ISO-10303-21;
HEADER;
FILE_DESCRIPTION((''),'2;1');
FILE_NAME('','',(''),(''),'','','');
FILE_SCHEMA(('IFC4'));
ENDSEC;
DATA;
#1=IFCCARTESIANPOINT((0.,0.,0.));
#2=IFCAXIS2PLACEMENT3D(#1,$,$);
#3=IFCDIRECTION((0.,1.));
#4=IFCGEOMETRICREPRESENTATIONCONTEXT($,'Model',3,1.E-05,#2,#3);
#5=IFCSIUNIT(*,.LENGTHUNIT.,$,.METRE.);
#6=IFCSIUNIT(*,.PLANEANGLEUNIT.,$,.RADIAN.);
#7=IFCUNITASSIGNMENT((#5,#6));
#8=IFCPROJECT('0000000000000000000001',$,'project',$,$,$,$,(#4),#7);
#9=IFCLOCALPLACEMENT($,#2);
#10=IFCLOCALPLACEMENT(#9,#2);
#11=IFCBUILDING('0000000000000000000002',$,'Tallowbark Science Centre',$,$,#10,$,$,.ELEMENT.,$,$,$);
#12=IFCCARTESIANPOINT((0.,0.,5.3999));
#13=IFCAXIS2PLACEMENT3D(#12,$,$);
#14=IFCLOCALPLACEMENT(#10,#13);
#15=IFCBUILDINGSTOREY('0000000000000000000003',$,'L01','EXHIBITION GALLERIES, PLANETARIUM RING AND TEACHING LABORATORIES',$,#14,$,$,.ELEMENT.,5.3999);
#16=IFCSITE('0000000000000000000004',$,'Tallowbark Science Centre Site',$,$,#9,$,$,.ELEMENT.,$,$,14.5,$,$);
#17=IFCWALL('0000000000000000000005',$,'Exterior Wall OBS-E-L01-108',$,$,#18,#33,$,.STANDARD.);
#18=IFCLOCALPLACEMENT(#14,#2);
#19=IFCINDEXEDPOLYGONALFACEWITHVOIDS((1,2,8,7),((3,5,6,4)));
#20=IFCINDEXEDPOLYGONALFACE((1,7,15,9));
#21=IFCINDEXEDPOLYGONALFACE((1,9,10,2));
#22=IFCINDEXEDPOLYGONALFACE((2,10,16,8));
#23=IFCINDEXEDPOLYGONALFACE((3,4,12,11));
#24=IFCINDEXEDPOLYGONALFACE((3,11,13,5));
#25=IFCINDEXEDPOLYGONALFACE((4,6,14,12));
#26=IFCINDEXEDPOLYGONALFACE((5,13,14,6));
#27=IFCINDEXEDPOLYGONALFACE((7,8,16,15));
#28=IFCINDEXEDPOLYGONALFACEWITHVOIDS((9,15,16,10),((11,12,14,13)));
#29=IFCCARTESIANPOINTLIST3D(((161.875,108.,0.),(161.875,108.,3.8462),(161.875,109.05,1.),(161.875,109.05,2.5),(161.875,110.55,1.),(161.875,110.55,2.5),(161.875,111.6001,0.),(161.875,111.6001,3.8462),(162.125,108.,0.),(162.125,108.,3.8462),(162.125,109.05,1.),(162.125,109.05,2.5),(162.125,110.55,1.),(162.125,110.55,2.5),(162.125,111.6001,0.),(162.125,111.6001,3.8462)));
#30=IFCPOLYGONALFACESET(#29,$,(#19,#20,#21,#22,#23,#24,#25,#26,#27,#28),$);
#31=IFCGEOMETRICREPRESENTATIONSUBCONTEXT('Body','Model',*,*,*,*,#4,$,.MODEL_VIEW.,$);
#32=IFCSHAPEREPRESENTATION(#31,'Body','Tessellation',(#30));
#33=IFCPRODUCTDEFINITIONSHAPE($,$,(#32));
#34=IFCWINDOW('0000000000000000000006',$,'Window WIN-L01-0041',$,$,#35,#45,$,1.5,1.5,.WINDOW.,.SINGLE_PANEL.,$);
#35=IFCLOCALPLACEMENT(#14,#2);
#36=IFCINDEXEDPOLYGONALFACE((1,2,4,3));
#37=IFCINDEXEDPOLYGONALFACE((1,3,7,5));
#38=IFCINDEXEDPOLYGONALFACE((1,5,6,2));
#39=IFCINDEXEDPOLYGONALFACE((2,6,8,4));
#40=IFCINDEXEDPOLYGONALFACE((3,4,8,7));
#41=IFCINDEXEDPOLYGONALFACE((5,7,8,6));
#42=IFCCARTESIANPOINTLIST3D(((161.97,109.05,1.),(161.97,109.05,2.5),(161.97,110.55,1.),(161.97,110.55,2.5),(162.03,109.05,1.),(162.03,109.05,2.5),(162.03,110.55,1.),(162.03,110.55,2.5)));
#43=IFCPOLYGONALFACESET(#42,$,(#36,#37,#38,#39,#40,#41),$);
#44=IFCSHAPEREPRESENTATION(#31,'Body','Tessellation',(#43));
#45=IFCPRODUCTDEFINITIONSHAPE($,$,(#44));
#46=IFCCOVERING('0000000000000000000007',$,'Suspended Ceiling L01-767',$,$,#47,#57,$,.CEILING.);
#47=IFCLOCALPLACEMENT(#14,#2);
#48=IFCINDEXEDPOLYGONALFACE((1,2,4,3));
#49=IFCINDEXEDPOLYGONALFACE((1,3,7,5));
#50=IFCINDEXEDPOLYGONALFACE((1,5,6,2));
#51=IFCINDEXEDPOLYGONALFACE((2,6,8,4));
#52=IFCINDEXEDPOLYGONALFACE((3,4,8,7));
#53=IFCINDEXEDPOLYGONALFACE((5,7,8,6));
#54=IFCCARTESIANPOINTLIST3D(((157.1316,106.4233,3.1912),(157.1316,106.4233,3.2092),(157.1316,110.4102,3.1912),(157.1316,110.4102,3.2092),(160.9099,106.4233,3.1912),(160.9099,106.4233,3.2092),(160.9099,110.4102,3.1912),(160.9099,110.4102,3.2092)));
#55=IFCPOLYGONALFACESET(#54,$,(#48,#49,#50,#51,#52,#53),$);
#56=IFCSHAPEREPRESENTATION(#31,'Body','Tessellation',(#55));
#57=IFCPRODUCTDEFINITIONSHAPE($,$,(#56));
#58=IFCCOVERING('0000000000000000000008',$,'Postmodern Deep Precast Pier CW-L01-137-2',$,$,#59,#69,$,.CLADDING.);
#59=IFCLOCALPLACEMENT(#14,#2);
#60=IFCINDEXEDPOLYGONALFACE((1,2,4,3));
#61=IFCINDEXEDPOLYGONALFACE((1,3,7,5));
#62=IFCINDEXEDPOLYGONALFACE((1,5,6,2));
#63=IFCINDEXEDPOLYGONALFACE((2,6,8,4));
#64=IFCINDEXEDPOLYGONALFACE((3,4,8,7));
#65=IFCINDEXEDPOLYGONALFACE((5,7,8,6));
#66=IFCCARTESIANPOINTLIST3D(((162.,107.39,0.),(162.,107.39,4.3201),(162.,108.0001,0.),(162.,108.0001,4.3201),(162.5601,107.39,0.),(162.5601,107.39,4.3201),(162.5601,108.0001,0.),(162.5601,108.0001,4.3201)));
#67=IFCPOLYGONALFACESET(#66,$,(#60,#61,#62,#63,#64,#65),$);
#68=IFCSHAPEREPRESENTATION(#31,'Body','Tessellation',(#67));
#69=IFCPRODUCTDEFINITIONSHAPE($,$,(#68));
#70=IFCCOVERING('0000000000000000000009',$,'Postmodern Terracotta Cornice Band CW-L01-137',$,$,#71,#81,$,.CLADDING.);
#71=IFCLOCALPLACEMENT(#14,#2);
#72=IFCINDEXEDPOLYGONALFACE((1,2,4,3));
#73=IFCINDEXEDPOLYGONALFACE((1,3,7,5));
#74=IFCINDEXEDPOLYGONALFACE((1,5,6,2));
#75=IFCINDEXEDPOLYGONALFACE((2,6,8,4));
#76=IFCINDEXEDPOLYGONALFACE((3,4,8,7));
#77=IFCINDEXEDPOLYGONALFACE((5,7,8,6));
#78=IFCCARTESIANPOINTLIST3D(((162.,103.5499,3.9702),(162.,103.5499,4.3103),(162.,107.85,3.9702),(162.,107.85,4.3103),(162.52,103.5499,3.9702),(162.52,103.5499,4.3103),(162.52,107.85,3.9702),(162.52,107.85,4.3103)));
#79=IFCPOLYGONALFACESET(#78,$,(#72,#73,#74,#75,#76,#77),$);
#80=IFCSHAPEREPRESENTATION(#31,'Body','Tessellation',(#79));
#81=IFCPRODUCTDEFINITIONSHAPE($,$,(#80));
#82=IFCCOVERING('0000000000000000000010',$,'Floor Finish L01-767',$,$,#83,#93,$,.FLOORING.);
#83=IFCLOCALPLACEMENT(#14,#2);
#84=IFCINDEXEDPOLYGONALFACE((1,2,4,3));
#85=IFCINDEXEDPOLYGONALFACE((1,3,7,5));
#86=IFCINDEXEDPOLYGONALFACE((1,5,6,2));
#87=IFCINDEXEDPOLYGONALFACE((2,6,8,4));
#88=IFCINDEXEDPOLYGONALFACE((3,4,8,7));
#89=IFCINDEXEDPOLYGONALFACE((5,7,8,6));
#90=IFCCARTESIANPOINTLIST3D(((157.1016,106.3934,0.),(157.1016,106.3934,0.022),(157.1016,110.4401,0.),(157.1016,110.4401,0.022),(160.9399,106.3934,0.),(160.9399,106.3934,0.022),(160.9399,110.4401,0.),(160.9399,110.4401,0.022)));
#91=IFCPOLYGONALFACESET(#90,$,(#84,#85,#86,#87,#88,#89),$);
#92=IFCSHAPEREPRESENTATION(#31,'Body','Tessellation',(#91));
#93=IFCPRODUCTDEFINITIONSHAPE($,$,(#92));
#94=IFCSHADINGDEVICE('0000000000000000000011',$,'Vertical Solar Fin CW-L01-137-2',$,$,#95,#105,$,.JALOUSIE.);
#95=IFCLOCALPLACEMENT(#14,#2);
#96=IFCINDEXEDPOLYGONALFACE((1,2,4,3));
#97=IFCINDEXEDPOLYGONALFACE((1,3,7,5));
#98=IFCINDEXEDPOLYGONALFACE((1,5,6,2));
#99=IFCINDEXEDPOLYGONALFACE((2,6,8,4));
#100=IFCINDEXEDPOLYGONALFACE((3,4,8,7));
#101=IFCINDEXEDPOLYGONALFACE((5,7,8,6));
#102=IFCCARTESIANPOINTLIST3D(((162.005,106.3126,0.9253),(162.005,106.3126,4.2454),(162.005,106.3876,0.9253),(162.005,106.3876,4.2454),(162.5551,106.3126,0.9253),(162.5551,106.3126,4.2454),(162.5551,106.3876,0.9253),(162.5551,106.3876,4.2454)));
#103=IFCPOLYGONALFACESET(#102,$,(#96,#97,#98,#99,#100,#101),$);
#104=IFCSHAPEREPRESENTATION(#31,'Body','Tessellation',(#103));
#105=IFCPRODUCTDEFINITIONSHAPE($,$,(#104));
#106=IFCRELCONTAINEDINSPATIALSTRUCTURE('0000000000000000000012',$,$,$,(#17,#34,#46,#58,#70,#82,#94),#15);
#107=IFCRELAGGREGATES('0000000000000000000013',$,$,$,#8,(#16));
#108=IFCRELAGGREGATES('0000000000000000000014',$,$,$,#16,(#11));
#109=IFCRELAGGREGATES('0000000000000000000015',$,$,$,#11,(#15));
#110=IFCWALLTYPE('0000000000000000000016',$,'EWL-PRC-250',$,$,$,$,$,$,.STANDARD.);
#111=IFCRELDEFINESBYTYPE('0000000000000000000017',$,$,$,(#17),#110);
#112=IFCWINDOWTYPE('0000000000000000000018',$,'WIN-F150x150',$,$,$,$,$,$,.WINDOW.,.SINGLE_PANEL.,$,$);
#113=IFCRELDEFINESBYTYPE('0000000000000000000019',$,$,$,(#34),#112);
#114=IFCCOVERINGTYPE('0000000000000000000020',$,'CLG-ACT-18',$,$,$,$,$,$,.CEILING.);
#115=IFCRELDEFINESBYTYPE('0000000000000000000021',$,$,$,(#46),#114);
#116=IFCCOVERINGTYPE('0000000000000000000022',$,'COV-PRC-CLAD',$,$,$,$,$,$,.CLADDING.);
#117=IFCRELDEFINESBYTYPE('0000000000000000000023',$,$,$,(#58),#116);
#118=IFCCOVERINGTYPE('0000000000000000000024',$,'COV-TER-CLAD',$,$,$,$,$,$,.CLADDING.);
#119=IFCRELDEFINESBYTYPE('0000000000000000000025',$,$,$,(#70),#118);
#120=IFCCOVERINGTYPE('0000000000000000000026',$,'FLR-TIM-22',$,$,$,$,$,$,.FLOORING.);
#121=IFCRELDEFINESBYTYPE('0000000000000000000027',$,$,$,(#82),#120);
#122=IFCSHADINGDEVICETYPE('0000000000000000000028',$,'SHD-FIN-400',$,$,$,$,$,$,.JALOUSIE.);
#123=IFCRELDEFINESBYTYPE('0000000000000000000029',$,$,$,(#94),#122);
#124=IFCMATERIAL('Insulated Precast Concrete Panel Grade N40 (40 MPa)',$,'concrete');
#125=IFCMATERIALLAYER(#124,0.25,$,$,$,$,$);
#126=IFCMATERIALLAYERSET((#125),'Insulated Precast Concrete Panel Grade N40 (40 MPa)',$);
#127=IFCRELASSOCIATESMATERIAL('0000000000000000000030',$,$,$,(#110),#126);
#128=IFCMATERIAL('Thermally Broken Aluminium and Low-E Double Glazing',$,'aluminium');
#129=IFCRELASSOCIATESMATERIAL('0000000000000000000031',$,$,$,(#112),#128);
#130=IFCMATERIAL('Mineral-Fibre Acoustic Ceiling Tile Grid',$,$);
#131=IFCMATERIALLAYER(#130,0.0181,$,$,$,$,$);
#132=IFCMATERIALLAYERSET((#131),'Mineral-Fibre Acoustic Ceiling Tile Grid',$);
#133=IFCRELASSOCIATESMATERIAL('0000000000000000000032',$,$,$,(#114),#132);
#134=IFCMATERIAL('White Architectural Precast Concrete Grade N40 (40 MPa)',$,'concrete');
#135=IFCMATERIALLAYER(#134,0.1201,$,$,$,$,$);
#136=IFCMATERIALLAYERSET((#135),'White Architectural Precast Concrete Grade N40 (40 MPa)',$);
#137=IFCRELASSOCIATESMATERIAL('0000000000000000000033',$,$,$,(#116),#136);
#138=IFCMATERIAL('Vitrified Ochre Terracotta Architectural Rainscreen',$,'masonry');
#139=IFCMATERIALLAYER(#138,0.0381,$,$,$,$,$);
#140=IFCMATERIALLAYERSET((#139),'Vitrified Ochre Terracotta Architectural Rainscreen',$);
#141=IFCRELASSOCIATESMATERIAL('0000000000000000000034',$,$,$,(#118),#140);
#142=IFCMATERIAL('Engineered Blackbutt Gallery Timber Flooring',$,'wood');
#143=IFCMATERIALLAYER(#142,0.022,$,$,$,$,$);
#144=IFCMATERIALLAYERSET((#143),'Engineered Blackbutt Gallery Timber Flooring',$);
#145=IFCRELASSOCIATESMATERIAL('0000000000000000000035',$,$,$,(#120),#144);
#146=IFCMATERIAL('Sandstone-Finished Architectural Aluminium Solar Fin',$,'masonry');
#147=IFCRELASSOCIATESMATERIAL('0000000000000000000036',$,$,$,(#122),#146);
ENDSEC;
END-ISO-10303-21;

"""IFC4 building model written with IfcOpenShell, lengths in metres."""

from ifc_helpers import new_model, si_unit, direction, frame, frame_2d, origin, origin_2d, place, context, subcontext, project, spatial, rectangle, extrude, material, layer, layer_set, type_object, element, fill, save


model = new_model("IFC4")

# Units and contexts
model_context = context("Model", 3, precision=1e-05, world=origin(), true_north=direction((0.0, 1.0)))
body_context = subcontext(model_context, "Body", "Model", "MODEL_VIEW")
ifc_project = project(units=[si_unit("LENGTHUNIT", "METRE"), si_unit("PLANEANGLEUNIT", "RADIAN")], contexts=[model_context])

# Site, building, storey
site_placement = place(None, origin())
site = spatial("IfcSite", under=ifc_project, at=site_placement, Name="Tallowbark Science Centre Site", CompositionType="ELEMENT", RefElevation=14.5)
building_placement = place(site_placement, origin())
building = spatial("IfcBuilding", under=site, at=building_placement, Name="Tallowbark Science Centre", CompositionType="ELEMENT")
storey_placement = place(building_placement, frame((0.0, 0.0, 5.3999)))
storey = spatial("IfcBuildingStorey", under=building, at=storey_placement, Name="L01", Description="EXHIBITION GALLERIES, PLANETARIUM RING AND TEACHING LABORATORIES", CompositionType="ELEMENT", Elevation=5.3999)

# Wall, opening, window
ifc_material_1 = material(Name="Thermally Broken Aluminium and Low-E Double Glazing", Category="aluminium")
ifc_material_2 = material(Name="Insulated Precast Concrete Panel Grade N40 (40 MPa)", Category="concrete")
ifc_layer_1 = layer(ifc_material_2, 0.25)
ifc_layer_set_1 = layer_set([ifc_layer_1], Name="Insulated Precast Concrete Panel Grade N40 (40 MPa)")
wall_type_1 = type_object("IfcWallType", Name="EWL-PRC-250", PredefinedType="STANDARD", material=ifc_layer_set_1)
wall_1_placement = place(storey_placement, frame((162.0, 108.0, 0.0), z_axis=(0.0, 0.0, 1.0), x_axis=(0.0, 1.0, 0.0)))
wall_1 = element("IfcWall", 1, at=wall_1_placement, inside=storey, type_object=wall_type_1, Name="Exterior Wall OBS-E-L01-108", PredefinedType="STANDARD", context=body_context, shape_type="SweptSolid", body=[
    extrude(rectangle(XDim=3.6001, YDim=0.25, at=frame_2d((1.8, 0.0))), origin(), (0.0, 0.0, 1.0), 3.8462),
])
opening_1_placement = place(wall_1_placement, frame((1.05, 0.0, 1.0)))
opening_1 = element("IfcOpeningElement", 2, at=opening_1_placement, cuts=wall_1, PredefinedType="OPENING", context=body_context, shape_type="SweptSolid", body=[
    extrude(rectangle(XDim=1.5, YDim=1.5, at=frame_2d((0.75, 0.75))), frame((0.0, 0.135, 0.0), z_axis=(0.0, -1.0, 0.0), x_axis=(1.0, 0.0, 0.0)), (0.0, 0.0, 1.0), 0.27),
])
window_type_1 = type_object("IfcWindowType", Name="WIN-F150x150", PartitioningType="SINGLE_PANEL", PredefinedType="WINDOW", material=ifc_material_1)
window_1_placement = place(opening_1_placement, origin())
window_1 = element("IfcWindow", 3, at=window_1_placement, inside=storey, type_object=window_type_1, Name="Window WIN-L01-0041", OverallHeight=1.5, OverallWidth=1.5, PartitioningType="SINGLE_PANEL", PredefinedType="WINDOW", context=body_context, shape_type="SweptSolid", body=[
    extrude(rectangle(XDim=1.5, YDim=1.5, at=frame_2d((0.75, 0.75))), frame((0.0, 0.03, 0.0), z_axis=(0.0, -1.0, 0.0), x_axis=(1.0, 0.0, 0.0)), (0.0, 0.0, 1.0), 0.0601),
])
fill(opening_1, window_1)

# Coverings
ifc_material_3 = material(Name="Mineral-Fibre Acoustic Ceiling Tile Grid")
ifc_layer_2 = layer(ifc_material_3, 0.0181)
ifc_layer_set_2 = layer_set([ifc_layer_2], Name="Mineral-Fibre Acoustic Ceiling Tile Grid")
covering_type_1 = type_object("IfcCoveringType", Name="CLG-ACT-18", PredefinedType="CEILING", material=ifc_layer_set_2)
covering_1_placement = place(storey_placement, frame((159.0208, 108.4167, 3.1912), z_axis=(0.0, 0.0, 1.0), x_axis=(1.0, 0.0, 0.0)))
element("IfcCovering", 4, at=covering_1_placement, inside=storey, type_object=covering_type_1, Name="Suspended Ceiling L01-767", PredefinedType="CEILING", context=body_context, shape_type="SweptSolid", body=[
    extrude(rectangle(XDim=3.7783, YDim=3.9868, at=origin_2d()), origin(), (0.0, 0.0, 1.0), 0.0181),
])
ifc_material_4 = material(Name="White Architectural Precast Concrete Grade N40 (40 MPa)", Category="concrete")
ifc_layer_3 = layer(ifc_material_4, 0.1201)
ifc_layer_set_3 = layer_set([ifc_layer_3], Name="White Architectural Precast Concrete Grade N40 (40 MPa)")
covering_type_2 = type_object("IfcCoveringType", Name="COV-PRC-CLAD", PredefinedType="CLADDING", material=ifc_layer_set_3)
covering_2_placement = place(storey_placement, frame((162.28, 107.6951, 0.0), z_axis=(0.0, 0.0, 1.0), x_axis=(0.0, 1.0, 0.0)))
element("IfcCovering", 5, at=covering_2_placement, inside=storey, type_object=covering_type_2, Name="Postmodern Deep Precast Pier CW-L01-137-2", PredefinedType="CLADDING", context=body_context, shape_type="SweptSolid", body=[
    extrude(rectangle(XDim=0.6101, YDim=0.5601, at=origin_2d()), origin(), (0.0, 0.0, 1.0), 4.3201),
])
ifc_material_5 = material(Name="Vitrified Ochre Terracotta Architectural Rainscreen", Category="masonry")
ifc_layer_4 = layer(ifc_material_5, 0.0381)
ifc_layer_set_4 = layer_set([ifc_layer_4], Name="Vitrified Ochre Terracotta Architectural Rainscreen")
covering_type_3 = type_object("IfcCoveringType", Name="COV-TER-CLAD", PredefinedType="CLADDING", material=ifc_layer_set_4)
covering_3_placement = place(storey_placement, frame((162.26, 105.7, 3.9702), z_axis=(0.0, 0.0, 1.0), x_axis=(0.0, 1.0, 0.0)))
element("IfcCovering", 6, at=covering_3_placement, inside=storey, type_object=covering_type_3, Name="Postmodern Terracotta Cornice Band CW-L01-137", PredefinedType="CLADDING", context=body_context, shape_type="SweptSolid", body=[
    extrude(rectangle(XDim=4.3, YDim=0.52, at=origin_2d()), origin(), (0.0, 0.0, 1.0), 0.3401),
])
ifc_material_6 = material(Name="Engineered Blackbutt Gallery Timber Flooring", Category="wood")
ifc_layer_5 = layer(ifc_material_6, 0.022)
ifc_layer_set_5 = layer_set([ifc_layer_5], Name="Engineered Blackbutt Gallery Timber Flooring")
covering_type_4 = type_object("IfcCoveringType", Name="FLR-TIM-22", PredefinedType="FLOORING", material=ifc_layer_set_5)
covering_4_placement = place(storey_placement, frame((159.0208, 108.4167, 0.0), z_axis=(0.0, 0.0, 1.0), x_axis=(1.0, 0.0, 0.0)))
element("IfcCovering", 7, at=covering_4_placement, inside=storey, type_object=covering_type_4, Name="Floor Finish L01-767", PredefinedType="FLOORING", context=body_context, shape_type="SweptSolid", body=[
    extrude(rectangle(XDim=3.8384, YDim=4.0466, at=origin_2d()), origin(), (0.0, 0.0, 1.0), 0.022),
])

# Shading device
ifc_material_7 = material(Name="Sandstone-Finished Architectural Aluminium Solar Fin", Category="masonry")
shading_device_type = type_object("IfcShadingDeviceType", Name="SHD-FIN-400", PredefinedType="JALOUSIE", material=ifc_material_7)
shading_device_placement = place(storey_placement, frame((162.28, 106.3501, 0.9253), z_axis=(0.0, 0.0, 1.0), x_axis=(0.0, 1.0, 0.0)))
element("IfcShadingDevice", 8, at=shading_device_placement, inside=storey, type_object=shading_device_type, Name="Vertical Solar Fin CW-L01-137-2", PredefinedType="JALOUSIE", context=body_context, shape_type="SweptSolid", body=[
    extrude(rectangle(XDim=0.075, YDim=0.55, at=origin_2d()), origin(), (0.0, 0.0, 1.0), 3.3201),
])

save(model, "model.ifc")
